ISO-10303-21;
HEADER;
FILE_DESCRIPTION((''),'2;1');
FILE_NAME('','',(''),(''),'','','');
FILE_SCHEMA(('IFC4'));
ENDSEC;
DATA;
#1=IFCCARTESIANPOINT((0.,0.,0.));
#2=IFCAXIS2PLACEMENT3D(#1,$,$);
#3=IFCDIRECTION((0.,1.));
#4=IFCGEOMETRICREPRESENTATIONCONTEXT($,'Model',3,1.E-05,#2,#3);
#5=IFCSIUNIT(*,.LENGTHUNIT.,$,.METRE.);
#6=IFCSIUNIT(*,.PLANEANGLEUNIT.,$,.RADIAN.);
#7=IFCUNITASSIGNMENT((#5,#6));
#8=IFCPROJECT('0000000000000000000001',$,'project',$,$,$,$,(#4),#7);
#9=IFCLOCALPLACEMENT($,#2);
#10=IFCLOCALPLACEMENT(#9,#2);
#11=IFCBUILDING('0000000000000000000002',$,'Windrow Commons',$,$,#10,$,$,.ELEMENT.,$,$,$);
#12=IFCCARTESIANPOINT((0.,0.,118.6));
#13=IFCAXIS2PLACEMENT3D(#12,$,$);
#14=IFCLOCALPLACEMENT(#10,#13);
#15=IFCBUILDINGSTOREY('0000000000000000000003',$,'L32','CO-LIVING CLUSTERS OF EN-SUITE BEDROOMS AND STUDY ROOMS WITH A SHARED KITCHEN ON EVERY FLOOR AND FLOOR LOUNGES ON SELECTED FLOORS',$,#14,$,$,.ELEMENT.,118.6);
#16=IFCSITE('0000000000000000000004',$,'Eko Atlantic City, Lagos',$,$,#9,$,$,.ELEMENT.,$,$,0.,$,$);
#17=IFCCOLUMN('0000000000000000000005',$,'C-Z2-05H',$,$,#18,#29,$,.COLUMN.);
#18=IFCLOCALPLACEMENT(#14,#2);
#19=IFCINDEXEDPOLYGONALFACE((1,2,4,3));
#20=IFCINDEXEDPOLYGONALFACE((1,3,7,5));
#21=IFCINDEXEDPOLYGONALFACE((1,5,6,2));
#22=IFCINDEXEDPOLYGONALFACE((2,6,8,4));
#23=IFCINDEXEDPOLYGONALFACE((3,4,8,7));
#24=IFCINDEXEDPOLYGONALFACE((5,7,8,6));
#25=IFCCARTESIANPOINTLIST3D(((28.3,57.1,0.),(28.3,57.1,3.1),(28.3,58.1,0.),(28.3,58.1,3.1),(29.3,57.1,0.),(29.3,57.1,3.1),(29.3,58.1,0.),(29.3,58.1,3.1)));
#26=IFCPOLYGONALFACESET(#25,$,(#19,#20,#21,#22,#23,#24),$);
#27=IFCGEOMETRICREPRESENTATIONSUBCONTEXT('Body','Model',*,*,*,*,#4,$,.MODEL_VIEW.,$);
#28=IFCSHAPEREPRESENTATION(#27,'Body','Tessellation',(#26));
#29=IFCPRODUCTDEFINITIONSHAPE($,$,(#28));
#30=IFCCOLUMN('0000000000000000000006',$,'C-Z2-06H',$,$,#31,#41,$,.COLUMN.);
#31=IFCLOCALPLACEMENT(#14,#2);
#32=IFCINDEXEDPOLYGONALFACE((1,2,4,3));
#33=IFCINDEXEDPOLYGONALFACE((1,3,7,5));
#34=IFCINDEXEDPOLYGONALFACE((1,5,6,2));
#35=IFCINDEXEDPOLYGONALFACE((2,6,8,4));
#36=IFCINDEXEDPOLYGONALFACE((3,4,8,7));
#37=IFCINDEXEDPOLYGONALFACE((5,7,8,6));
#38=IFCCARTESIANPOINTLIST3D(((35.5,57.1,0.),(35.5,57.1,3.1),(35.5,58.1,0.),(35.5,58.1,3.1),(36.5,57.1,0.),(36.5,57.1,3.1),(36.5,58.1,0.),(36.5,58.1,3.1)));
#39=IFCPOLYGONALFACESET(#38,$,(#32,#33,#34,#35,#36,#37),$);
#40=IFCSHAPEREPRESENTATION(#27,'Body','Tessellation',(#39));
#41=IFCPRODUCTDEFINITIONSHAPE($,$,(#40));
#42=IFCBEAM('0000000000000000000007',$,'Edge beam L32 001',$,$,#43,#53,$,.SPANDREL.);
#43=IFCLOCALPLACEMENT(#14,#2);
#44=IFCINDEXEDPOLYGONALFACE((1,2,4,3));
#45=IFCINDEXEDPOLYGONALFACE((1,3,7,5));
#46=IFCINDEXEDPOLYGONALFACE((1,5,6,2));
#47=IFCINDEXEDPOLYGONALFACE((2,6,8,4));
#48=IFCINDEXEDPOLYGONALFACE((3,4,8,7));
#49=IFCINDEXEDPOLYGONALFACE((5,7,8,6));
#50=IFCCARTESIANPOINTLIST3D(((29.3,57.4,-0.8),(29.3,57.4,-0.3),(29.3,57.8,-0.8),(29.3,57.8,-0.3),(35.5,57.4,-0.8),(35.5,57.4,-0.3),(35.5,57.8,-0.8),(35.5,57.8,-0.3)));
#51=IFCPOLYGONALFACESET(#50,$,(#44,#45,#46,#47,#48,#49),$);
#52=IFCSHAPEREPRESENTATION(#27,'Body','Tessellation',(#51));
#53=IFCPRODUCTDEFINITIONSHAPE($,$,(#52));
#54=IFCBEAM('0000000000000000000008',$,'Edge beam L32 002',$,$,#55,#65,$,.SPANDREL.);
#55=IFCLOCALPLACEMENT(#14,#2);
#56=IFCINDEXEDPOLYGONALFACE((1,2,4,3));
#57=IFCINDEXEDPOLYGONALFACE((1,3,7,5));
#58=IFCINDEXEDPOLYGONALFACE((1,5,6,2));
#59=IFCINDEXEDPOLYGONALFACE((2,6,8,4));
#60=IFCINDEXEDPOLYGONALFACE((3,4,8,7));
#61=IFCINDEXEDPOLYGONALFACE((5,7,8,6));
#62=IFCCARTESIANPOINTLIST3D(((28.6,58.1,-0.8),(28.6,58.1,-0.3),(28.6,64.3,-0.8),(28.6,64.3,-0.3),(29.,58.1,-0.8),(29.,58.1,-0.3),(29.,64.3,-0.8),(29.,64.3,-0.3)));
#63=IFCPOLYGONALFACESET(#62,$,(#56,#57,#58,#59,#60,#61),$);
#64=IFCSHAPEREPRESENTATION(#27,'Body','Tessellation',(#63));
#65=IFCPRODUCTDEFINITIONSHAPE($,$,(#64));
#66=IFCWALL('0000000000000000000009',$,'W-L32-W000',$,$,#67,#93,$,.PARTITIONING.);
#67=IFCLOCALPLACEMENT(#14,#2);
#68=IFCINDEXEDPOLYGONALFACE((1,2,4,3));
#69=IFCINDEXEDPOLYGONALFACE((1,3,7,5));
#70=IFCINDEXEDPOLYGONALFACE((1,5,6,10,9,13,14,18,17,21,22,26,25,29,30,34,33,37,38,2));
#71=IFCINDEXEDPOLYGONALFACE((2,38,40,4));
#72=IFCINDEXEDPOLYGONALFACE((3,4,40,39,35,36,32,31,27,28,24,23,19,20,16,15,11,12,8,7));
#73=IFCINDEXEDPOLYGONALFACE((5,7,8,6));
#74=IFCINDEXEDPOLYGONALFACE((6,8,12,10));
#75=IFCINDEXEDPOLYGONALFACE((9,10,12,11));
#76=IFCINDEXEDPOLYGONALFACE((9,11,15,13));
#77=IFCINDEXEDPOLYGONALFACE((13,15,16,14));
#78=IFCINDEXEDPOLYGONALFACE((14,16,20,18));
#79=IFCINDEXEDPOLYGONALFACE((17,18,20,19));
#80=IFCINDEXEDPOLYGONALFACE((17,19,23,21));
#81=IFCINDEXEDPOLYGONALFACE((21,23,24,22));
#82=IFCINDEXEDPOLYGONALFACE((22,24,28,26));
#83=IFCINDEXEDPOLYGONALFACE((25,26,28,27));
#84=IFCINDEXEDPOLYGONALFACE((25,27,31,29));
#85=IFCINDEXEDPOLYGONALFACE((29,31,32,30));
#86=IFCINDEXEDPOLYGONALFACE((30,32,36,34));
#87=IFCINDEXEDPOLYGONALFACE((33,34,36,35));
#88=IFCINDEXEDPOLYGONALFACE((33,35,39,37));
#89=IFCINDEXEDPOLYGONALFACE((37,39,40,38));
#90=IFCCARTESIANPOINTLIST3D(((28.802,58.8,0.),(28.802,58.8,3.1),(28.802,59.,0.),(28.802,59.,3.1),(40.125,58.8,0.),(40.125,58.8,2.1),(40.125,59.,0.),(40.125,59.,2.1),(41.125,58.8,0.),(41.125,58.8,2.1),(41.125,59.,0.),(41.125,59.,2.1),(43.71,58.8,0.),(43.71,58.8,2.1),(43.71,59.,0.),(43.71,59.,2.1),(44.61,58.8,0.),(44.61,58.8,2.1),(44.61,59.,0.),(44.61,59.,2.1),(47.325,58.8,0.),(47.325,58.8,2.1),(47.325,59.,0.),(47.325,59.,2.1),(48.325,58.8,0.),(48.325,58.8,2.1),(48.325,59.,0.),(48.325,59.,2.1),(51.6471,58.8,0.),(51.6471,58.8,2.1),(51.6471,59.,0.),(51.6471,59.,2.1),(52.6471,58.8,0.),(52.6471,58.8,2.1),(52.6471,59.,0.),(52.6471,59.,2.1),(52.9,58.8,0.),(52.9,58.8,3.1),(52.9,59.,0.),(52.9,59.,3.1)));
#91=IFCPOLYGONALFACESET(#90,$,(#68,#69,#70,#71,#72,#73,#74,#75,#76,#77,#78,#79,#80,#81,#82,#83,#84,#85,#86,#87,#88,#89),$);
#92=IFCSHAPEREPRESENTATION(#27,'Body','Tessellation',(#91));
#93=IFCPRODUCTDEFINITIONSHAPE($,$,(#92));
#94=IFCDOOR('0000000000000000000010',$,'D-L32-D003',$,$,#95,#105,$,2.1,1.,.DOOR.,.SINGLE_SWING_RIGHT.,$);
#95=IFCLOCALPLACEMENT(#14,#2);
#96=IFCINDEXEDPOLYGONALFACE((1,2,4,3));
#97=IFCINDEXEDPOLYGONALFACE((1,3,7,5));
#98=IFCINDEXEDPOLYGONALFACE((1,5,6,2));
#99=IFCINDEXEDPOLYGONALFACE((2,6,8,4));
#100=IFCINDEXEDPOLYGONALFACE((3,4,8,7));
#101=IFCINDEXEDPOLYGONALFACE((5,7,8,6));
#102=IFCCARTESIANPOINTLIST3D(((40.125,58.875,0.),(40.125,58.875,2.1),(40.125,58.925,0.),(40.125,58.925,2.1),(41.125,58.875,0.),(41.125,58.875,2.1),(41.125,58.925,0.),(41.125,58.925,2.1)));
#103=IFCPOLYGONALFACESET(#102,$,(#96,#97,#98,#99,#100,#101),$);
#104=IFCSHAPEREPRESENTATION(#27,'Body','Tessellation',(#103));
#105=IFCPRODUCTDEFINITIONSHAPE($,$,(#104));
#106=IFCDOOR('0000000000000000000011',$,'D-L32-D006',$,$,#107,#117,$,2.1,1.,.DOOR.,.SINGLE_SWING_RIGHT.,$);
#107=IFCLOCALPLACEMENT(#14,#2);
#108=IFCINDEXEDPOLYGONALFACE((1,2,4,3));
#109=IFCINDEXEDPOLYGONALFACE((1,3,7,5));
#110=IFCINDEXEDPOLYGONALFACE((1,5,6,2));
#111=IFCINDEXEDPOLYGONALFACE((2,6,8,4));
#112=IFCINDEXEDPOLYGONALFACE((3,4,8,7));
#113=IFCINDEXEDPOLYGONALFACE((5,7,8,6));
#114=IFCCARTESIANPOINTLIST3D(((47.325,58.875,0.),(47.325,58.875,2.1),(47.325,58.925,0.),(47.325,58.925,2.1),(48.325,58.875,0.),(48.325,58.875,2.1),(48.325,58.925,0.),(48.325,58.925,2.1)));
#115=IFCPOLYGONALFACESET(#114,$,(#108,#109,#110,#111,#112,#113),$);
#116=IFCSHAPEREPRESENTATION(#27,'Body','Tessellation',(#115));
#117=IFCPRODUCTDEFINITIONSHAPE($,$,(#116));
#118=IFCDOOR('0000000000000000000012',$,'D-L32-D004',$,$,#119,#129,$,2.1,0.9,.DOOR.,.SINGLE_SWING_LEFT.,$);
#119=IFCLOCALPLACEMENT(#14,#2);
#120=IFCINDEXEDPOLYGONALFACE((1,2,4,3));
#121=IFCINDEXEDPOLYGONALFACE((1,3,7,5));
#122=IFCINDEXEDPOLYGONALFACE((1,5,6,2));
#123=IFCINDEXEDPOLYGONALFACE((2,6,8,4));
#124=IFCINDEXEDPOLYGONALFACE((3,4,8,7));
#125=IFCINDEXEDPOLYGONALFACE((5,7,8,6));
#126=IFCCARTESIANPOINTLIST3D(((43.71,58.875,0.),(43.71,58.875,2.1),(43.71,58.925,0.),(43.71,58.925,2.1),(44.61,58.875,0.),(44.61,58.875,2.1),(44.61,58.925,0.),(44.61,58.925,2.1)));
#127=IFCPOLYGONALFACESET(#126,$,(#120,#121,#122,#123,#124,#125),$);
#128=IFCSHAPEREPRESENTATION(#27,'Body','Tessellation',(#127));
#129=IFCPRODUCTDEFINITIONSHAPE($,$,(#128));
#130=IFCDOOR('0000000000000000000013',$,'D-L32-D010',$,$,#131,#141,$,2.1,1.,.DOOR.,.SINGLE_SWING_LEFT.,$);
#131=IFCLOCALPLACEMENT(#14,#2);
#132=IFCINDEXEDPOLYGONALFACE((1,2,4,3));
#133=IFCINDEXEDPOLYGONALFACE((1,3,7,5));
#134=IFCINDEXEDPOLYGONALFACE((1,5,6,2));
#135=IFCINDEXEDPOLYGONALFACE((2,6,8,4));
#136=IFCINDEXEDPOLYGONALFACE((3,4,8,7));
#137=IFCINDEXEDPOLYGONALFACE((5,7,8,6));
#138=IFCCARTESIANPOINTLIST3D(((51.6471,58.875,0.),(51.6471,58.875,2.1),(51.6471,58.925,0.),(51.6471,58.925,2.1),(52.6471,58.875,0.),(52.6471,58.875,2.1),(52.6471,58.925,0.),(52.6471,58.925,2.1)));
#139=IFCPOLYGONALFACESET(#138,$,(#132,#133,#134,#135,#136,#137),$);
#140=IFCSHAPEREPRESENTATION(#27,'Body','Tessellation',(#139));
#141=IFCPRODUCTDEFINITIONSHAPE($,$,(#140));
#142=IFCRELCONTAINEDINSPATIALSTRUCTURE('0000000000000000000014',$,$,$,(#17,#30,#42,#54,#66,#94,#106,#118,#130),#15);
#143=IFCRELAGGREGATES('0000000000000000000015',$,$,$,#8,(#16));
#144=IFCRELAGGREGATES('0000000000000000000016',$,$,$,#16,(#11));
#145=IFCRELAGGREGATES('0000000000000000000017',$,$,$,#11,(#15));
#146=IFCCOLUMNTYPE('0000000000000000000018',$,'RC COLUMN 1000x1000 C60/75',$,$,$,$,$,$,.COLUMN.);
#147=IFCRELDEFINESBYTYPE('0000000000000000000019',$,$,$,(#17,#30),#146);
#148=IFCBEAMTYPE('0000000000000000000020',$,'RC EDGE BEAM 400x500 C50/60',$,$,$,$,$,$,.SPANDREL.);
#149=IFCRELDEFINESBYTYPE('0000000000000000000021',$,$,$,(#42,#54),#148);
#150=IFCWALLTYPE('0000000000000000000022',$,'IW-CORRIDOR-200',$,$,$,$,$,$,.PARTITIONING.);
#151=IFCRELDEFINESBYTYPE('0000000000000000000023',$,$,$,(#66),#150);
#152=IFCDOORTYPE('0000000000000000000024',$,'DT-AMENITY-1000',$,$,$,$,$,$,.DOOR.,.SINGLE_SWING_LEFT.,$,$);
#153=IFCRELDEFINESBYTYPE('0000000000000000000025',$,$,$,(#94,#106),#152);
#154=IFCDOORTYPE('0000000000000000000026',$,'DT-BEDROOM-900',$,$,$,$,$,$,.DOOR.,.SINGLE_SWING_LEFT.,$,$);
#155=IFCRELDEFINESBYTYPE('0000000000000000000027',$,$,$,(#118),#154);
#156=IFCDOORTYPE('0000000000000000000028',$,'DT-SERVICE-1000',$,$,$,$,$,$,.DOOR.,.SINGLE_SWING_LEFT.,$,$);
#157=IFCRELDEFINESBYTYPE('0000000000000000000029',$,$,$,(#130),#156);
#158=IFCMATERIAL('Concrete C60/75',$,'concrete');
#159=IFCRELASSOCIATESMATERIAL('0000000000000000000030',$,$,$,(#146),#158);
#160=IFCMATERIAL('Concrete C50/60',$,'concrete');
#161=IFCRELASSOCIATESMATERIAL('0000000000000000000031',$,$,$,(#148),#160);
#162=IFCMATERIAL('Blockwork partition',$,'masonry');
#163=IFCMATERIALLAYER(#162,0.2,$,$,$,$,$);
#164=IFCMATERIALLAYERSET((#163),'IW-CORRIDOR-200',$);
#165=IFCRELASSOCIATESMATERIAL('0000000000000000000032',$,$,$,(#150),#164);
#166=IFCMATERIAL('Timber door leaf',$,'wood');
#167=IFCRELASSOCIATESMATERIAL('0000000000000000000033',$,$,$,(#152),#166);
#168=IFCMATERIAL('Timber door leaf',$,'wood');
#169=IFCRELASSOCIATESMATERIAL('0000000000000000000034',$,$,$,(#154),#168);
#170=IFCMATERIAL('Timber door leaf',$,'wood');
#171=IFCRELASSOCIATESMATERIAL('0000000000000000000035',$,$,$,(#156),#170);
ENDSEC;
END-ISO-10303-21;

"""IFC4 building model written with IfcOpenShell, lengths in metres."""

from ifc_helpers import new_model, si_unit, direction, frame, frame_2d, origin, origin_2d, place, context, subcontext, project, spatial, rectangle, extrude, material, layer, layer_set, material_profile, profile_set, type_object, element, fill, save


model = new_model("IFC4")

# Units and contexts
model_context = context("Model", 3, precision=1e-05, world=origin(), true_north=direction((0.0, 1.0)))
body_context = subcontext(model_context, "Body", "Model", "MODEL_VIEW")
ifc_project = project(units=[si_unit("LENGTHUNIT", "METRE"), si_unit("PLANEANGLEUNIT", "RADIAN")], contexts=[model_context])

# Site, building, storey
site_placement = place(None, origin())
site = spatial("IfcSite", under=ifc_project, at=site_placement, Name="Eko Atlantic City, Lagos", CompositionType="ELEMENT", RefElevation=0.0)
building_placement = place(site_placement, origin())
building = spatial("IfcBuilding", under=site, at=building_placement, Name="Windrow Commons", CompositionType="ELEMENT")
storey_placement = place(building_placement, frame((0.0, 0.0, 118.6)))
storey = spatial("IfcBuildingStorey", under=building, at=storey_placement, Name="L32", Description="CO-LIVING CLUSTERS OF EN-SUITE BEDROOMS AND STUDY ROOMS WITH A SHARED KITCHEN ON EVERY FLOOR AND FLOOR LOUNGES ON SELECTED FLOORS", CompositionType="ELEMENT", Elevation=118.6)

# Columns
ifc_material_1 = material(Name="Concrete C60/75", Category="concrete")
ifc_material_profile_1 = material_profile(ifc_material_1, rectangle(XDim=1.0, YDim=1.0, at=origin_2d()))
ifc_profile_set_1 = profile_set([ifc_material_profile_1], Name="Concrete C60/75")
column_type = type_object("IfcColumnType", Name="RC COLUMN 1000x1000 C60/75", PredefinedType="COLUMN", material=ifc_profile_set_1)
for number, where, z_axis, x_axis, name in (
    (1, (28.8, 57.6, 0.0), (0.0, 0.0, 1.0), (1.0, 0.0, 0.0), "C-Z2-05H"),
    (2, (36.0, 57.6, 0.0), (0.0, 0.0, 1.0), (1.0, 0.0, 0.0), "C-Z2-06H"),
):
    element("IfcColumn", number, at=place(storey_placement, frame(where, z_axis=z_axis, x_axis=x_axis)), inside=storey, type_object=column_type, Name=name, PredefinedType="COLUMN", context=body_context, shape_type="SweptSolid", body=[
        extrude(rectangle(XDim=1.0, YDim=1.0, at=origin_2d()), origin(), (0.0, 0.0, 1.0), 3.1),
    ])

# Beams
ifc_material_2 = material(Name="Concrete C50/60", Category="concrete")
ifc_material_profile_2 = material_profile(ifc_material_2, rectangle(XDim=0.4, YDim=0.5, at=origin_2d()))
ifc_profile_set_2 = profile_set([ifc_material_profile_2], Name="Concrete C50/60")
beam_type = type_object("IfcBeamType", Name="RC EDGE BEAM 400x500 C50/60", PredefinedType="SPANDREL", material=ifc_profile_set_2)
for number, where, z_axis, x_axis, name in (
    (3, (35.5, 57.6, -0.55), (-1.0, 0.0, 0.0), (0.0, -1.0, 0.0), "Edge beam L32 001"),
    (4, (28.8, 58.1, -0.55), (0.0, 1.0, 0.0), (-1.0, 0.0, 0.0), "Edge beam L32 002"),
):
    element("IfcBeam", number, at=place(storey_placement, frame(where, z_axis=z_axis, x_axis=x_axis)), inside=storey, type_object=beam_type, Name=name, PredefinedType="SPANDREL", context=body_context, shape_type="SweptSolid", body=[
        extrude(rectangle(XDim=0.4, YDim=0.5, at=origin_2d()), origin(), (0.0, 0.0, 1.0), 6.2),
    ])

# Wall, openings, doors
ifc_material_3 = material(Name="Blockwork partition", Category="masonry")
ifc_layer_1 = layer(ifc_material_3, 0.2)
ifc_layer_set_1 = layer_set([ifc_layer_1], Name="IW-CORRIDOR-200")
wall_type_1 = type_object("IfcWallType", Name="IW-CORRIDOR-200", PredefinedType="PARTITIONING", material=ifc_layer_set_1)
wall_1_placement = place(storey_placement, frame((28.802, 58.9, 0.0), z_axis=(0.0, 0.0, 1.0), x_axis=(1.0, 0.0, 0.0)))
wall_1 = element("IfcWall", 5, at=wall_1_placement, inside=storey, type_object=wall_type_1, Name="W-L32-W000", PredefinedType="PARTITIONING", context=body_context, shape_type="SweptSolid", body=[
    extrude(rectangle(XDim=24.098, YDim=0.2, at=frame_2d((12.049, 0.0))), origin(), (0.0, 0.0, 1.0), 3.1),
])
opening_1_placement = place(wall_1_placement, frame((11.323, 0.0, 0.0)))
opening_1 = element("IfcOpeningElement", 6, at=opening_1_placement, cuts=wall_1, PredefinedType="OPENING", context=body_context, shape_type="SweptSolid", body=[
    extrude(rectangle(XDim=1.0, YDim=2.1, at=frame_2d((0.5, 1.05))), frame((0.0, 0.11, 0.0), z_axis=(0.0, -1.0, 0.0), x_axis=(1.0, 0.0, 0.0)), (0.0, 0.0, 1.0), 0.22),
])
opening_2_placement = place(wall_1_placement, frame((14.908, 0.0, 0.0)))
opening_2 = element("IfcOpeningElement", 7, at=opening_2_placement, cuts=wall_1, PredefinedType="OPENING", context=body_context, shape_type="SweptSolid", body=[
    extrude(rectangle(XDim=0.9, YDim=2.1, at=frame_2d((0.45, 1.05))), frame((0.0, 0.11, 0.0), z_axis=(0.0, -1.0, 0.0), x_axis=(1.0, 0.0, 0.0)), (0.0, 0.0, 1.0), 0.22),
])
opening_3_placement = place(wall_1_placement, frame((18.523, 0.0, 0.0)))
opening_3 = element("IfcOpeningElement", 8, at=opening_3_placement, cuts=wall_1, PredefinedType="OPENING", context=body_context, shape_type="SweptSolid", body=[
    extrude(rectangle(XDim=1.0, YDim=2.1, at=frame_2d((0.5, 1.05))), frame((0.0, 0.11, 0.0), z_axis=(0.0, -1.0, 0.0), x_axis=(1.0, 0.0, 0.0)), (0.0, 0.0, 1.0), 0.22),
])
opening_4_placement = place(wall_1_placement, frame((22.8451, 0.0, 0.0)))
opening_4 = element("IfcOpeningElement", 9, at=opening_4_placement, cuts=wall_1, PredefinedType="OPENING", context=body_context, shape_type="SweptSolid", body=[
    extrude(rectangle(XDim=1.0, YDim=2.1, at=frame_2d((0.5, 1.05))), frame((0.0, 0.11, 0.0), z_axis=(0.0, -1.0, 0.0), x_axis=(1.0, 0.0, 0.0)), (0.0, 0.0, 1.0), 0.22),
])
ifc_material_4 = material(Name="Timber door leaf", Category="wood")
door_type_1 = type_object("IfcDoorType", Name="DT-AMENITY-1000", OperationType="SINGLE_SWING_LEFT", PredefinedType="DOOR", material=ifc_material_4)
door_1_placement = place(opening_1_placement, origin())
door_1 = element("IfcDoor", 10, at=door_1_placement, inside=storey, type_object=door_type_1, Name="D-L32-D003", OperationType="SINGLE_SWING_RIGHT", OverallHeight=2.1, OverallWidth=1.0, PredefinedType="DOOR", context=body_context, shape_type="SweptSolid", body=[
    extrude(rectangle(XDim=1.0, YDim=2.1, at=frame_2d((0.5, 1.05))), frame((0.0, 0.025, 0.0), z_axis=(0.0, -1.0, 0.0), x_axis=(1.0, 0.0, 0.0)), (0.0, 0.0, 1.0), 0.05),
])
fill(opening_1, door_1)
door_2_placement = place(opening_3_placement, origin())
door_2 = element("IfcDoor", 11, at=door_2_placement, inside=storey, type_object=door_type_1, Name="D-L32-D006", OperationType="SINGLE_SWING_RIGHT", OverallHeight=2.1, OverallWidth=1.0, PredefinedType="DOOR", context=body_context, shape_type="SweptSolid", body=[
    extrude(rectangle(XDim=1.0, YDim=2.1, at=frame_2d((0.5, 1.05))), frame((0.0, 0.025, 0.0), z_axis=(0.0, -1.0, 0.0), x_axis=(1.0, 0.0, 0.0)), (0.0, 0.0, 1.0), 0.05),
])
fill(opening_3, door_2)
ifc_material_5 = material(Name="Timber door leaf", Category="wood")
door_type_2 = type_object("IfcDoorType", Name="DT-BEDROOM-900", OperationType="SINGLE_SWING_LEFT", PredefinedType="DOOR", material=ifc_material_5)
door_3_placement = place(opening_2_placement, origin())
door_3 = element("IfcDoor", 12, at=door_3_placement, inside=storey, type_object=door_type_2, Name="D-L32-D004", OperationType="SINGLE_SWING_LEFT", OverallHeight=2.1, OverallWidth=0.9, PredefinedType="DOOR", context=body_context, shape_type="SweptSolid", body=[
    extrude(rectangle(XDim=0.9, YDim=2.1, at=frame_2d((0.45, 1.05))), frame((0.0, 0.025, 0.0), z_axis=(0.0, -1.0, 0.0), x_axis=(1.0, 0.0, 0.0)), (0.0, 0.0, 1.0), 0.05),
])
fill(opening_2, door_3)
ifc_material_6 = material(Name="Timber door leaf", Category="wood")
door_type_3 = type_object("IfcDoorType", Name="DT-SERVICE-1000", OperationType="SINGLE_SWING_LEFT", PredefinedType="DOOR", material=ifc_material_6)
door_4_placement = place(opening_4_placement, origin())
door_4 = element("IfcDoor", 13, at=door_4_placement, inside=storey, type_object=door_type_3, Name="D-L32-D010", OperationType="SINGLE_SWING_LEFT", OverallHeight=2.1, OverallWidth=1.0, PredefinedType="DOOR", context=body_context, shape_type="SweptSolid", body=[
    extrude(rectangle(XDim=1.0, YDim=2.1, at=frame_2d((0.5, 1.05))), frame((0.0, 0.025, 0.0), z_axis=(0.0, -1.0, 0.0), x_axis=(1.0, 0.0, 0.0)), (0.0, 0.0, 1.0), 0.05),
])
fill(opening_4, door_4)

save(model, "model.ifc")
